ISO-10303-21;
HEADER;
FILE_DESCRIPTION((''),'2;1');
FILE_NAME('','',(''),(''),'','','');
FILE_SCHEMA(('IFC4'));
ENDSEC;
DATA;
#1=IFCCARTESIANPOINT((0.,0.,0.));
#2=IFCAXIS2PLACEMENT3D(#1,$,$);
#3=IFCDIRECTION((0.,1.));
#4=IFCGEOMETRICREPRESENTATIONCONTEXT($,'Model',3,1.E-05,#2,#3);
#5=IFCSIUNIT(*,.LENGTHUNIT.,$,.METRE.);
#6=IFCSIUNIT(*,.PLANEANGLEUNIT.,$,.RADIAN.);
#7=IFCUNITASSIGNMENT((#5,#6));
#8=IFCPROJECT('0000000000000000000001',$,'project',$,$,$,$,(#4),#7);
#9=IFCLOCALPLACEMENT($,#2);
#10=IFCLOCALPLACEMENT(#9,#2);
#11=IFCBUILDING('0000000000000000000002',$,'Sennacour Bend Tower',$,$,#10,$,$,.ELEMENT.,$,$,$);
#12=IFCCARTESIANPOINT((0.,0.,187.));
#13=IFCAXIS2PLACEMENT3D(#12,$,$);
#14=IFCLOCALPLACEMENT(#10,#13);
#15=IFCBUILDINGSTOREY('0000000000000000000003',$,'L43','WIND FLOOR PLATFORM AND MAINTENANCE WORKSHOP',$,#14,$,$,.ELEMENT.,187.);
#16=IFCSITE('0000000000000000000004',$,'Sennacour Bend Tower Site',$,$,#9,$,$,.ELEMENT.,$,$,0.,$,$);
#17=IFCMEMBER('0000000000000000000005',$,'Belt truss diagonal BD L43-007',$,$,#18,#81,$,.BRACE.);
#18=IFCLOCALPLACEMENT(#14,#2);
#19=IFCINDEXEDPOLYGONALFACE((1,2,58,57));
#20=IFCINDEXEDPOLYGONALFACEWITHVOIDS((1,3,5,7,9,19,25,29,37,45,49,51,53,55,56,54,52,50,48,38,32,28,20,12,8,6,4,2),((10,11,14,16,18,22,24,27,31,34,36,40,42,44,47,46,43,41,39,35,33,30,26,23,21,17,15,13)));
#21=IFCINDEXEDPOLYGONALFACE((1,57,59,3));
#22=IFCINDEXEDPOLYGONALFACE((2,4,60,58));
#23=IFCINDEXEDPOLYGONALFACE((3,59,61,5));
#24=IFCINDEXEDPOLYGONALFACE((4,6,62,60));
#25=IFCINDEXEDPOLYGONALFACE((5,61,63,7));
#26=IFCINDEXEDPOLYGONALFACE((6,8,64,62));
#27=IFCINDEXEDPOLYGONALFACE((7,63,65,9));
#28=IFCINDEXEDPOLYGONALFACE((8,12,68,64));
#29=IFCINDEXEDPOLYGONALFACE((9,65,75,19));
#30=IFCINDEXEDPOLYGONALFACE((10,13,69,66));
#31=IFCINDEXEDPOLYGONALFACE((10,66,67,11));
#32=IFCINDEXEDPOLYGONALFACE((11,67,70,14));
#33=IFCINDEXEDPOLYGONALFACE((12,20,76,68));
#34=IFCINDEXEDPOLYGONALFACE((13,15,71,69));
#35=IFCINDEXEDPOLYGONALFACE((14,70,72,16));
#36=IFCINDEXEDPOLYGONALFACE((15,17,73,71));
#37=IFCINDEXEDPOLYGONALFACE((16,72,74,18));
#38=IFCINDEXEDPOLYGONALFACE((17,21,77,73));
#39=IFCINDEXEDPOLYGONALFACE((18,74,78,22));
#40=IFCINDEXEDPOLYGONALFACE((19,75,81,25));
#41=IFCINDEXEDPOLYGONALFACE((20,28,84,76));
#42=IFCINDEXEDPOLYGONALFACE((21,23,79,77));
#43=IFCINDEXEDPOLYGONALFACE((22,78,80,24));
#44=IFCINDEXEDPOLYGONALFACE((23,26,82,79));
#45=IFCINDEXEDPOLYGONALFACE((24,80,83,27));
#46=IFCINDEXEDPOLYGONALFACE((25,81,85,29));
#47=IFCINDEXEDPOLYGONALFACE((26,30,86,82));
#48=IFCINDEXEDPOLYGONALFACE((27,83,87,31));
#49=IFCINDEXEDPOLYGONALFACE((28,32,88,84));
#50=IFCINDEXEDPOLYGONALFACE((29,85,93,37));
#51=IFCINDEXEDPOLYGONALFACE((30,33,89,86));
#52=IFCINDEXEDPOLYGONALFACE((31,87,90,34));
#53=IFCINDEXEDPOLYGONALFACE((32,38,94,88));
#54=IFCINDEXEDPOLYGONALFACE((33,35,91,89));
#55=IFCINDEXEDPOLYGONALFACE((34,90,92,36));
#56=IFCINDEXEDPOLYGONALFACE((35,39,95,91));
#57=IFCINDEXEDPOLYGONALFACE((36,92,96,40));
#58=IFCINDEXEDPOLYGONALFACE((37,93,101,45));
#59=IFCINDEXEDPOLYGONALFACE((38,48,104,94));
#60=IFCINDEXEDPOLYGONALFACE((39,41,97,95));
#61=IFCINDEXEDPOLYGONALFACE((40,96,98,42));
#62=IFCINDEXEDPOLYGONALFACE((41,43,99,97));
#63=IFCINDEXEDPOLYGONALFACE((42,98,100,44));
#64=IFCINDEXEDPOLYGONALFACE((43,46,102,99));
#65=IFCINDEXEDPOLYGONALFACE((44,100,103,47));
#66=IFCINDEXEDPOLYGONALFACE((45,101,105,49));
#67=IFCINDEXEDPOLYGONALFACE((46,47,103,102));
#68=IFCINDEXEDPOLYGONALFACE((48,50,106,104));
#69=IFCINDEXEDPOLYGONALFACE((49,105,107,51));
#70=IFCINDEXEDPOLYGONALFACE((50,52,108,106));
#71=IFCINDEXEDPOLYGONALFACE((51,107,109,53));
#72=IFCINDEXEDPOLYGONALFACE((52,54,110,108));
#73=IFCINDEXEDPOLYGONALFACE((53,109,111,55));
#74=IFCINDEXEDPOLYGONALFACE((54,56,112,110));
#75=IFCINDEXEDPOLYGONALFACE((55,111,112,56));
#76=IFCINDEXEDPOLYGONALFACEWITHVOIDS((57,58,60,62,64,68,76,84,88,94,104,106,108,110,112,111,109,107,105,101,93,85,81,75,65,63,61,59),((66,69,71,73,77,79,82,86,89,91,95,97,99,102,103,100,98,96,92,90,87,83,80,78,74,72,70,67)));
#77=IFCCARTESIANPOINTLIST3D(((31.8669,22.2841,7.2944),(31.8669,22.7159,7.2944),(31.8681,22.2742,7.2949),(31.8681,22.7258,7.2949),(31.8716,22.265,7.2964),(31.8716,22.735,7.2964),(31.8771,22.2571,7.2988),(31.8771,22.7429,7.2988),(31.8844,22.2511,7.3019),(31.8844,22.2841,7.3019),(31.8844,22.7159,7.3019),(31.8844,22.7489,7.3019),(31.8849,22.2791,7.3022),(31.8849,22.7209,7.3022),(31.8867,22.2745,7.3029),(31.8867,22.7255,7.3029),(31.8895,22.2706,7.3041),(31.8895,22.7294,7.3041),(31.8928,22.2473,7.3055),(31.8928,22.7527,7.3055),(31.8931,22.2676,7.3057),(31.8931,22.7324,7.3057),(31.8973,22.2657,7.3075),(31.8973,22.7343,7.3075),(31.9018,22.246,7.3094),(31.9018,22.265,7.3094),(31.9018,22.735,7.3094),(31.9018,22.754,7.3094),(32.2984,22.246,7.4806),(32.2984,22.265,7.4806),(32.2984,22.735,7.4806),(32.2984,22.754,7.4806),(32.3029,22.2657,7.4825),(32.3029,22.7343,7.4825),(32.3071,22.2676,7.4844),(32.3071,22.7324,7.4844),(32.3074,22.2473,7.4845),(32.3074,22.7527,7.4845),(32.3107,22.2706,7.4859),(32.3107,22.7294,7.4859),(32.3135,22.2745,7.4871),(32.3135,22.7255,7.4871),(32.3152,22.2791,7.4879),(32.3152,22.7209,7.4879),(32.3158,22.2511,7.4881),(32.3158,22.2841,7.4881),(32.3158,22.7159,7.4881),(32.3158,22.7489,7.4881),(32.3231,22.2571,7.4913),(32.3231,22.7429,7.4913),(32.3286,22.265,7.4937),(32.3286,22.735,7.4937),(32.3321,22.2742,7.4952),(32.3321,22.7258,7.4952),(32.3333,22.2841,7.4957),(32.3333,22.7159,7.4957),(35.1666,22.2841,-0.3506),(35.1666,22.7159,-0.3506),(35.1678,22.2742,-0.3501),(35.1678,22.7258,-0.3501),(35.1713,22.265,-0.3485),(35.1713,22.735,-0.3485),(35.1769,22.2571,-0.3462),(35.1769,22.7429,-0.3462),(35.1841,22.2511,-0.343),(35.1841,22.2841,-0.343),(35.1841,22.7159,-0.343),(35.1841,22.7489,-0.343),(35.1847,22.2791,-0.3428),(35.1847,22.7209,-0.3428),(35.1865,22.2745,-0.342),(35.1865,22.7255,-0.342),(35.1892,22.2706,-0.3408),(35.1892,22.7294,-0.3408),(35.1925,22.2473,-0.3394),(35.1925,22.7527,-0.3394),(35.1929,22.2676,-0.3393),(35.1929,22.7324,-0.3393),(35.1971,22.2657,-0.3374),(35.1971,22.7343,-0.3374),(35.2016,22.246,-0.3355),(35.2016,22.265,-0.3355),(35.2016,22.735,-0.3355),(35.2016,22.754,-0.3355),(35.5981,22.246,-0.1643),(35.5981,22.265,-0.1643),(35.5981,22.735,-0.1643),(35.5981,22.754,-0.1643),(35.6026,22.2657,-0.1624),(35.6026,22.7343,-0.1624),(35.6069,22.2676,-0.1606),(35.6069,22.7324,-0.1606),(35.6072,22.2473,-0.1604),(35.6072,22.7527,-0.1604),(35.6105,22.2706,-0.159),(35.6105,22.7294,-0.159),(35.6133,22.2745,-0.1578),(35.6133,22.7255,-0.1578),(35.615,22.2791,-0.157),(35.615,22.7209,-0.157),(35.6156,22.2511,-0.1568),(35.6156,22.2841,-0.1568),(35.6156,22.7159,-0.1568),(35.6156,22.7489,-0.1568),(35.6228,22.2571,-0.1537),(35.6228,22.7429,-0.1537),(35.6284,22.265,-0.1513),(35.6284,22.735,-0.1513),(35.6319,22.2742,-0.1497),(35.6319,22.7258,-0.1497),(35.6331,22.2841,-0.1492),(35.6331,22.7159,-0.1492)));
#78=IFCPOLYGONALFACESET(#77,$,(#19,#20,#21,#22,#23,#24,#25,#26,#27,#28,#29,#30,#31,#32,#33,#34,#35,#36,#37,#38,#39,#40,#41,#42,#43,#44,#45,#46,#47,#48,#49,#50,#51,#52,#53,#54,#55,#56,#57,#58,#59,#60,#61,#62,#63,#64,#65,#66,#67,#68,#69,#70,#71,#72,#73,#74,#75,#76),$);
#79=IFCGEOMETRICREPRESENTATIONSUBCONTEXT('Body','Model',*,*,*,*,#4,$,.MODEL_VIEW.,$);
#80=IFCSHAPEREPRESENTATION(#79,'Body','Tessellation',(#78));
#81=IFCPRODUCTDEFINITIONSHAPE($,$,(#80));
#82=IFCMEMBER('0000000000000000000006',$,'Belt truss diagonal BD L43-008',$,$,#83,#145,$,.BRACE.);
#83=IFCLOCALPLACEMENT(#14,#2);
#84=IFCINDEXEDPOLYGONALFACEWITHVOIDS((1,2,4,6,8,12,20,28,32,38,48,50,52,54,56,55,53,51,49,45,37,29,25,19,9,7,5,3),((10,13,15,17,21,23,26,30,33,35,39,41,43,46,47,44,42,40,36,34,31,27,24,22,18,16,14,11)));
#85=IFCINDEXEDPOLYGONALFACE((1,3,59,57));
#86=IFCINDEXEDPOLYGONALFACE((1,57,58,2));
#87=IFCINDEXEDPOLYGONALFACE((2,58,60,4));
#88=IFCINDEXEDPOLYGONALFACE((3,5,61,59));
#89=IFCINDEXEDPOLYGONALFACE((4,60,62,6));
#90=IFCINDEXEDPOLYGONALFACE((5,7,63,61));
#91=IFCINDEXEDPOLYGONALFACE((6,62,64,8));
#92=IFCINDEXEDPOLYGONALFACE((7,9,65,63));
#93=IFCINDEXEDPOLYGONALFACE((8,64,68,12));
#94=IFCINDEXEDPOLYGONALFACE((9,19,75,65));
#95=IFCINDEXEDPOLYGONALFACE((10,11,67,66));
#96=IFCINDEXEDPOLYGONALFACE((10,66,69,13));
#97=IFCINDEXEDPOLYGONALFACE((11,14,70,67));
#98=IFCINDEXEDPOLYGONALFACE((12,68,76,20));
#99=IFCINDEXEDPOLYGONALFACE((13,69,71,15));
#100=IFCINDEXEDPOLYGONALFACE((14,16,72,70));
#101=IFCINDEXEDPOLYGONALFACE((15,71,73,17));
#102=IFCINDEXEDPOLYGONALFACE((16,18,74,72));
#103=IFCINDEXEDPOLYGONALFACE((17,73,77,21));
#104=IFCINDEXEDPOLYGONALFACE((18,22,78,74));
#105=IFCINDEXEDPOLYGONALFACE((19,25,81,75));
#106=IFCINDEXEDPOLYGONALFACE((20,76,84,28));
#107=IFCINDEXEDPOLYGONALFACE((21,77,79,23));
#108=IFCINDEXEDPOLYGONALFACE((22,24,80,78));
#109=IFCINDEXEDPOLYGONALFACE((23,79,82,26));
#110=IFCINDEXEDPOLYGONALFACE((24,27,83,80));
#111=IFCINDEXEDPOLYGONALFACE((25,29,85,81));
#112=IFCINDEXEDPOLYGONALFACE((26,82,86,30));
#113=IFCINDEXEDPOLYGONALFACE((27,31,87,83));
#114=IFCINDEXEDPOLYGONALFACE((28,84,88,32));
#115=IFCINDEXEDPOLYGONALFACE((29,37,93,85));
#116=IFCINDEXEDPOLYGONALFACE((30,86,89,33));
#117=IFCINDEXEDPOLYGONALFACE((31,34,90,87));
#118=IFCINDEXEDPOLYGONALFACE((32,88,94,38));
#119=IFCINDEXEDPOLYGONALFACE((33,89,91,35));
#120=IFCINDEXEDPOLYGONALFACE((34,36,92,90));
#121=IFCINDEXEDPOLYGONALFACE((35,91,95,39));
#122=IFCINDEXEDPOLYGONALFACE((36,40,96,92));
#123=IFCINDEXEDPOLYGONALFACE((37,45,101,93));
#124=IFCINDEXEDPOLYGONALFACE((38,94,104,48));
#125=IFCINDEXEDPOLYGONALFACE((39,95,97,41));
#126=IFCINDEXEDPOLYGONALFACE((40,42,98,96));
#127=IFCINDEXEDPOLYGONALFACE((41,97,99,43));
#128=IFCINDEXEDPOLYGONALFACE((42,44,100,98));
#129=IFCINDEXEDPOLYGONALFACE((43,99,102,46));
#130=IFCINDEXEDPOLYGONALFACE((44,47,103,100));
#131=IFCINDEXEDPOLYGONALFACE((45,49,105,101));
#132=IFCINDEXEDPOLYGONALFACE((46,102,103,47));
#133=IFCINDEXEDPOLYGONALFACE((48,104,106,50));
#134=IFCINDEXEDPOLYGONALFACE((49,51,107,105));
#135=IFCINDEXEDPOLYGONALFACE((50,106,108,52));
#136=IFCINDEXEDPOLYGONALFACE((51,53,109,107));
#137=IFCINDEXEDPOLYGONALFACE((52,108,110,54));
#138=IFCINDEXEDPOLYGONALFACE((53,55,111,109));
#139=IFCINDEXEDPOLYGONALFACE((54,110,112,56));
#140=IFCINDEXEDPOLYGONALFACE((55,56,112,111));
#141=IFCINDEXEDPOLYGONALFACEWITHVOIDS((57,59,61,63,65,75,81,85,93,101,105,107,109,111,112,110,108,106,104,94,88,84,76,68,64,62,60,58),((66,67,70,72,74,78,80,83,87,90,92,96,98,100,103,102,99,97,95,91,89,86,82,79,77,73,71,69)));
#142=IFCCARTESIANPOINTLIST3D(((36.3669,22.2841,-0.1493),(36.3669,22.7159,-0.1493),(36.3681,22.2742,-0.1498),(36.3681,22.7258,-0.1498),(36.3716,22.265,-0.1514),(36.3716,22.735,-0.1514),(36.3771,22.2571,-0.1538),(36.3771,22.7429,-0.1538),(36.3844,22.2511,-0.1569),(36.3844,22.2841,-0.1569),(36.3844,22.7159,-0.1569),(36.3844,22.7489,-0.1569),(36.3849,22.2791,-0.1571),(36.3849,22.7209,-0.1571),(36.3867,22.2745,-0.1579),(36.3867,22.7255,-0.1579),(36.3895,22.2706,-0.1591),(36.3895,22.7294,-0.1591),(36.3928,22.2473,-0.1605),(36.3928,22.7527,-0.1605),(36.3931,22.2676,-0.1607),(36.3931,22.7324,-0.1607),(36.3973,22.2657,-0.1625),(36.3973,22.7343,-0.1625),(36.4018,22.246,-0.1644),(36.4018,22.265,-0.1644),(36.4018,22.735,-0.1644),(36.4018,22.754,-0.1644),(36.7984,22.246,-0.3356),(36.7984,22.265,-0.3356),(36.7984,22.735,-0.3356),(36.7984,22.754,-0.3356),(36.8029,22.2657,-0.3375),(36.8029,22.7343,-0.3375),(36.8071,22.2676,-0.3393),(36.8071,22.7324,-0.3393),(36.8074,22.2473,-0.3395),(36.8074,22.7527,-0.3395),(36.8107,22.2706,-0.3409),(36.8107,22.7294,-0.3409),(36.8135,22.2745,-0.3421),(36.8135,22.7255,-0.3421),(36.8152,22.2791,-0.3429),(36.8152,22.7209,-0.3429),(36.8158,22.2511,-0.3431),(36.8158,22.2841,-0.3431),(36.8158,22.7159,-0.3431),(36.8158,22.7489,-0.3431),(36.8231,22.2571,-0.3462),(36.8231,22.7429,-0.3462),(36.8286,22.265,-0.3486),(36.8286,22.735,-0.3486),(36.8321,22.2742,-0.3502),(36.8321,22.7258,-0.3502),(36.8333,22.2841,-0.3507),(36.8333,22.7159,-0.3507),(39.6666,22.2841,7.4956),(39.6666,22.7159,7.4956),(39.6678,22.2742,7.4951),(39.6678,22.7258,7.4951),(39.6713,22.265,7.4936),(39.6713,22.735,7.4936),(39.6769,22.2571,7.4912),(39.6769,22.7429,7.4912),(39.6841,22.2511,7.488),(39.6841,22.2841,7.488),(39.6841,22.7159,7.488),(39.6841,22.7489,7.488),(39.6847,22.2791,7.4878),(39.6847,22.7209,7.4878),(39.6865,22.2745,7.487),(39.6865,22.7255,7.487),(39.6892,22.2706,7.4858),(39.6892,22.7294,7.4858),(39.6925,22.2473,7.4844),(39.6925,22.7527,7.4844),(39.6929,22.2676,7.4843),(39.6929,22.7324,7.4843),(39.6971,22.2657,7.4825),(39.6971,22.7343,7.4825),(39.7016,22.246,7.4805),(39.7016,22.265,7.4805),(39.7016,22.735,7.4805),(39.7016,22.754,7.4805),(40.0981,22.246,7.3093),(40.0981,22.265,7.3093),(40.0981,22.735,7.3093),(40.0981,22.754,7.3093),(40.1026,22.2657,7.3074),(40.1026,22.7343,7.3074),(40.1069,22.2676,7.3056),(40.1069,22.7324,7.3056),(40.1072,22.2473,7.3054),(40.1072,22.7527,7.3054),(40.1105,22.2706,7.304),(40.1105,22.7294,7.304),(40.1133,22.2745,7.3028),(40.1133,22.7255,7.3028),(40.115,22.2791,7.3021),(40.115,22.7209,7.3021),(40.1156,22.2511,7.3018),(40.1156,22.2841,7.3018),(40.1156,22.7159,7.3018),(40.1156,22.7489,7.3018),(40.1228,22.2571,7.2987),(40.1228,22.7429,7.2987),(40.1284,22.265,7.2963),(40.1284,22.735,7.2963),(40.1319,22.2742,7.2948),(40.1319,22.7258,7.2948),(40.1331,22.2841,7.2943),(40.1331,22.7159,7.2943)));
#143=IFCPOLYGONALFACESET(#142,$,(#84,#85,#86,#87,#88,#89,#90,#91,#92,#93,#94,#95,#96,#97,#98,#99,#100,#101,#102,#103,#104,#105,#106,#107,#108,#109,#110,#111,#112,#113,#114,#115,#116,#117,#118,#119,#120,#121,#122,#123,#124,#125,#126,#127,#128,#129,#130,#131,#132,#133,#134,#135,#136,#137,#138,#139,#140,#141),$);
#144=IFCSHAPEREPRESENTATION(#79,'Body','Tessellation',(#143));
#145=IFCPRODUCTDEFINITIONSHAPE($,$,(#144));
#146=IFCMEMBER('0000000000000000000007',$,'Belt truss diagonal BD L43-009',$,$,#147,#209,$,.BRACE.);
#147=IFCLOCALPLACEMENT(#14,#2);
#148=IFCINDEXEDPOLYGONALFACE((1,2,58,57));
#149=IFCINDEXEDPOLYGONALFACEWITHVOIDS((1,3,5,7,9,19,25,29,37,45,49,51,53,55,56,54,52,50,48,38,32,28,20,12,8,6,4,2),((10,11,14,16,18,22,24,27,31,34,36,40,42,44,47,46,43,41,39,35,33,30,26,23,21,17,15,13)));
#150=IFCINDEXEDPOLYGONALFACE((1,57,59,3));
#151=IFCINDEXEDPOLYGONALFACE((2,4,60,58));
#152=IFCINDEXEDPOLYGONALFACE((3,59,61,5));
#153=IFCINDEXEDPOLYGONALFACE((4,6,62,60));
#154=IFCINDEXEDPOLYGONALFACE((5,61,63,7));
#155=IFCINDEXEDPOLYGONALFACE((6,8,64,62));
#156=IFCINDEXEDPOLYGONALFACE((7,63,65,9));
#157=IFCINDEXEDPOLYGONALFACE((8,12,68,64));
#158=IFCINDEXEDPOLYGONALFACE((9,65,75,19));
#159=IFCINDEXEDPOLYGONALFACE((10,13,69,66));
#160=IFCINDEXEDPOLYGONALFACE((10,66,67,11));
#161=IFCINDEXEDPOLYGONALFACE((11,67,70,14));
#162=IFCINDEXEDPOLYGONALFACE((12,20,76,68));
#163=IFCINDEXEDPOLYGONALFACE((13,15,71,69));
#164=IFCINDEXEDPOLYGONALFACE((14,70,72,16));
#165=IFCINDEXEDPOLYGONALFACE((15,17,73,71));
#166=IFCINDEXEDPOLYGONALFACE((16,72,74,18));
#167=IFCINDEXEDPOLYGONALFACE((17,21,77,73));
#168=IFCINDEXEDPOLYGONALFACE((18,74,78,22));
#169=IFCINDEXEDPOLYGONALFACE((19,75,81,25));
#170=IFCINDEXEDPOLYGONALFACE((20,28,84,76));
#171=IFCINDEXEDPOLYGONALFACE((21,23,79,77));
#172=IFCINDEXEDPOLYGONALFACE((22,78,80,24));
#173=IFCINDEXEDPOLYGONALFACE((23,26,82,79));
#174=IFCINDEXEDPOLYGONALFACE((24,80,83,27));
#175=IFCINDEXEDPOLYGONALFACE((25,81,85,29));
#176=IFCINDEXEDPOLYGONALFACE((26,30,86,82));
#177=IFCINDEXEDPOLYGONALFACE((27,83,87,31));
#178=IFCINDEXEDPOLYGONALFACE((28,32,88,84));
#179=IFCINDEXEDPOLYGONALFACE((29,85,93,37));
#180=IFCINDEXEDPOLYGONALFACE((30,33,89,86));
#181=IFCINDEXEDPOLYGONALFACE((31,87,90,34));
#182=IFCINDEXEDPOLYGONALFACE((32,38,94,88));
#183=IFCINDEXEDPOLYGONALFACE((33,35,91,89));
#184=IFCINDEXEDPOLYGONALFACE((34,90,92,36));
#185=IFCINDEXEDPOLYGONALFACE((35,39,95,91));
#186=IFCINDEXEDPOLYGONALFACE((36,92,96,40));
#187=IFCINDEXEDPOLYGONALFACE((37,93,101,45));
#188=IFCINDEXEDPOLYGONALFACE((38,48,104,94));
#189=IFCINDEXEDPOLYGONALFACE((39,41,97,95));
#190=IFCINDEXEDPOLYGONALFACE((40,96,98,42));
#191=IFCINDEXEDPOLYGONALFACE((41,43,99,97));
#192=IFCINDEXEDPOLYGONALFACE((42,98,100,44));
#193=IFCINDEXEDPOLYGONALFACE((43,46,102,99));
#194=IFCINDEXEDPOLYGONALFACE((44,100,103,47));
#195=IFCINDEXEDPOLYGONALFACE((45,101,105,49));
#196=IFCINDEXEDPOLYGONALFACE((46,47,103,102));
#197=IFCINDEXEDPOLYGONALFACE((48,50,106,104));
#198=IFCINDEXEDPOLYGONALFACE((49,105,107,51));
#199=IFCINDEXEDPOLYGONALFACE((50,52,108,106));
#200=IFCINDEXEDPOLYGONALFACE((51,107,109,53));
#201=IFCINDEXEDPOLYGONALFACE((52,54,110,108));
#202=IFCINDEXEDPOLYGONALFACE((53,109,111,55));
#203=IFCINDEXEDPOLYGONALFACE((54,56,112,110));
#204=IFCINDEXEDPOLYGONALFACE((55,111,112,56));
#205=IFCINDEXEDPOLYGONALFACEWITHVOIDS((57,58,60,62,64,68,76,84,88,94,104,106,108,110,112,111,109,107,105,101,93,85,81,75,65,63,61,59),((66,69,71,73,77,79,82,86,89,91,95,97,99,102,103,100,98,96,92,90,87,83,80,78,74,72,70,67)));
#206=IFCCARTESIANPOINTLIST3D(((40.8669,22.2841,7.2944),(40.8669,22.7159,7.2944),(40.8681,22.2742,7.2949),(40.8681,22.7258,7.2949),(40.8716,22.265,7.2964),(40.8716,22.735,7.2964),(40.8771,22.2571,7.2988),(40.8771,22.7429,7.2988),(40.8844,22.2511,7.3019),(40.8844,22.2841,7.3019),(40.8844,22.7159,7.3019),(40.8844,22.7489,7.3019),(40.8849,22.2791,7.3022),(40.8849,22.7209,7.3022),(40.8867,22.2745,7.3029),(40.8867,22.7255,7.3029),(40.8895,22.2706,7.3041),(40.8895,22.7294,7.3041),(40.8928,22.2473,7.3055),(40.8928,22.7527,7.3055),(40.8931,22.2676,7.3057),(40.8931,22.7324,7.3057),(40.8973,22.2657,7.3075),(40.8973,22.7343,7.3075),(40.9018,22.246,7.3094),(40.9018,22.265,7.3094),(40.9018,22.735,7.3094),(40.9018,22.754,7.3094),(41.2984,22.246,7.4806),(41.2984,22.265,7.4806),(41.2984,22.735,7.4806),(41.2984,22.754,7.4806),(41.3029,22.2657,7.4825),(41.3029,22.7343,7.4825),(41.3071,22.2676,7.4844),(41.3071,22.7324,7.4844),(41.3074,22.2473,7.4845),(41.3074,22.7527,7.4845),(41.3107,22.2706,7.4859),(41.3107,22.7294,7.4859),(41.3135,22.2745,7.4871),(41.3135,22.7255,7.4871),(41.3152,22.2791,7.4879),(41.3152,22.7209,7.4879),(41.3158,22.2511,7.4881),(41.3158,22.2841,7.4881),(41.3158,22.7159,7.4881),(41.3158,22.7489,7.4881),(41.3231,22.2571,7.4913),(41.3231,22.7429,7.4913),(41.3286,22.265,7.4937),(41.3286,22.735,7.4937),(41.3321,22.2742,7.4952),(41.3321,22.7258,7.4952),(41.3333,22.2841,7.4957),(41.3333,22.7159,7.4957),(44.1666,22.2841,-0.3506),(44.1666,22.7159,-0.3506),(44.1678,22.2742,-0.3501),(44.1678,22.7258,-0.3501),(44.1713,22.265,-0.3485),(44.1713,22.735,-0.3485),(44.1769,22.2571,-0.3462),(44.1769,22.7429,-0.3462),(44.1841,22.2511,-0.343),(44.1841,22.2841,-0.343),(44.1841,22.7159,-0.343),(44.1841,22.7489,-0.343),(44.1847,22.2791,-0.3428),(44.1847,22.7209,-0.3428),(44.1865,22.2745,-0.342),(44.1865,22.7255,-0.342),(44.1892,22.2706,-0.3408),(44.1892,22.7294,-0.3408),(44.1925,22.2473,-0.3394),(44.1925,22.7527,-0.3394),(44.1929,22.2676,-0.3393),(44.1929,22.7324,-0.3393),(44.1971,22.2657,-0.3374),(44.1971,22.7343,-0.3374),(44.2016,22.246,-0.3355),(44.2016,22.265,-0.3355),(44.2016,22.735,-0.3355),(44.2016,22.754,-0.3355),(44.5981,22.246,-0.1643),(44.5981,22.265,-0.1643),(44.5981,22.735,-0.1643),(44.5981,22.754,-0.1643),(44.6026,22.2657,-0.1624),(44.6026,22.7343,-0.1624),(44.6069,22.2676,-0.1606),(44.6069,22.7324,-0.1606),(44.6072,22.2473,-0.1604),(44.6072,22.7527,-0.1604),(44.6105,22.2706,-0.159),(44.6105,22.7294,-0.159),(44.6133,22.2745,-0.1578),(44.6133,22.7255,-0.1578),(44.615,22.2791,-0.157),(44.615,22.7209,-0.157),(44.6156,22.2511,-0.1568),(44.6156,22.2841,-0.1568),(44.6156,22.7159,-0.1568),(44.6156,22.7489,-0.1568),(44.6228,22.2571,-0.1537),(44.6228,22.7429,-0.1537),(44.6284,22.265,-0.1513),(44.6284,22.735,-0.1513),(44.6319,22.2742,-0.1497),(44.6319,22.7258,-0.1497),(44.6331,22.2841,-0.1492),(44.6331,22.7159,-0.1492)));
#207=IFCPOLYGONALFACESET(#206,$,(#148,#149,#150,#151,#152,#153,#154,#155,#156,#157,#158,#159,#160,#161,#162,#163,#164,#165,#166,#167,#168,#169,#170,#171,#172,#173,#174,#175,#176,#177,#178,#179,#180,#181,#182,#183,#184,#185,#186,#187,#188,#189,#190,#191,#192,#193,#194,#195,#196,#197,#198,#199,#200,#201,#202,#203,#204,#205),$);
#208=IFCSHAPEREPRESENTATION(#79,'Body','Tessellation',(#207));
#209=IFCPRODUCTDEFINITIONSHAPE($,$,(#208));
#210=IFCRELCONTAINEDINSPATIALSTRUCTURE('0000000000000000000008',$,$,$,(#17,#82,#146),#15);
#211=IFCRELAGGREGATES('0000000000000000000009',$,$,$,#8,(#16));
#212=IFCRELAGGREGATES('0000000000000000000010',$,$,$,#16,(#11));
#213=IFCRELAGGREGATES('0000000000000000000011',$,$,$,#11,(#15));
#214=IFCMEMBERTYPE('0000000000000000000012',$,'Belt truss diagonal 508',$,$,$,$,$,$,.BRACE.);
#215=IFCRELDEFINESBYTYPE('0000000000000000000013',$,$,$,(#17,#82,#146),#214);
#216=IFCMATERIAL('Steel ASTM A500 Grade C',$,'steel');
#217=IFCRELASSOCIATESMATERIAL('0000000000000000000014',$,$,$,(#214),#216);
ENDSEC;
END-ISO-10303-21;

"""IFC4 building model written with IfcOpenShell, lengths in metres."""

from ifc_helpers import new_model, si_unit, direction, frame, origin, origin_2d, place, context, subcontext, project, spatial, hollow_rectangle, extrude, material, material_profile, profile_set, type_object, element, save


model = new_model("IFC4")

# Units and contexts
model_context = context("Model", 3, precision=1e-05, world=origin(), true_north=direction((0.0, 1.0)))
body_context = subcontext(model_context, "Body", "Model", "MODEL_VIEW")
ifc_project = project(units=[si_unit("LENGTHUNIT", "METRE"), si_unit("PLANEANGLEUNIT", "RADIAN")], contexts=[model_context])

# Site, building, storey
site_placement = place(None, origin())
site = spatial("IfcSite", under=ifc_project, at=site_placement, Name="Sennacour Bend Tower Site", CompositionType="ELEMENT", RefElevation=0.0)
building_placement = place(site_placement, origin())
building = spatial("IfcBuilding", under=site, at=building_placement, Name="Sennacour Bend Tower", CompositionType="ELEMENT")
storey_placement = place(building_placement, frame((0.0, 0.0, 187.0)))
storey = spatial("IfcBuildingStorey", under=building, at=storey_placement, Name="L43", Description="WIND FLOOR PLATFORM AND MAINTENANCE WORKSHOP", CompositionType="ELEMENT", Elevation=187.0)

# Members
ifc_material_1 = material(Name="Steel ASTM A500 Grade C", Category="steel")
ifc_material_profile_1 = material_profile(ifc_material_1, hollow_rectangle(XDim=0.5081, YDim=0.5081, WallThickness=0.019, InnerFilletRadius=0.019, OuterFilletRadius=0.0381, at=origin_2d()), Name="Steel ASTM A500 Grade C", Category="steel")
ifc_profile_set_1 = profile_set([ifc_material_profile_1], Name="Steel ASTM A500 Grade C")
member_type_1 = type_object("IfcMemberType", Name="Belt truss diagonal 508", PredefinedType="BRACE", material=ifc_profile_set_1)
for number, where, z_axis, x_axis, name in (
    (1, (32.1001, 22.5, 7.395), (0.396289, 0.0, -0.918126), (0.0, 1.0, 0.0), "Belt truss diagonal BD L43-007"),
    (2, (36.6001, 22.5, -0.25), (0.396289, 0.0, 0.918126), (0.0, 1.0, 0.0), "Belt truss diagonal BD L43-008"),
    (3, (41.1001, 22.5, 7.395), (0.396289, 0.0, -0.918126), (0.0, 1.0, 0.0), "Belt truss diagonal BD L43-009"),
):
    element("IfcMember", number, at=place(storey_placement, frame(where, z_axis=z_axis, x_axis=x_axis)), inside=storey, type_object=member_type_1, Name=name, PredefinedType="BRACE", context=body_context, shape_type="SweptSolid", body=[
        extrude(hollow_rectangle(XDim=0.5081, YDim=0.5081, WallThickness=0.019, InnerFilletRadius=0.019, OuterFilletRadius=0.0381, at=origin_2d()), origin(), (0.0, 0.0, 1.0), 8.3267),
    ])

save(model, "model.ifc")
